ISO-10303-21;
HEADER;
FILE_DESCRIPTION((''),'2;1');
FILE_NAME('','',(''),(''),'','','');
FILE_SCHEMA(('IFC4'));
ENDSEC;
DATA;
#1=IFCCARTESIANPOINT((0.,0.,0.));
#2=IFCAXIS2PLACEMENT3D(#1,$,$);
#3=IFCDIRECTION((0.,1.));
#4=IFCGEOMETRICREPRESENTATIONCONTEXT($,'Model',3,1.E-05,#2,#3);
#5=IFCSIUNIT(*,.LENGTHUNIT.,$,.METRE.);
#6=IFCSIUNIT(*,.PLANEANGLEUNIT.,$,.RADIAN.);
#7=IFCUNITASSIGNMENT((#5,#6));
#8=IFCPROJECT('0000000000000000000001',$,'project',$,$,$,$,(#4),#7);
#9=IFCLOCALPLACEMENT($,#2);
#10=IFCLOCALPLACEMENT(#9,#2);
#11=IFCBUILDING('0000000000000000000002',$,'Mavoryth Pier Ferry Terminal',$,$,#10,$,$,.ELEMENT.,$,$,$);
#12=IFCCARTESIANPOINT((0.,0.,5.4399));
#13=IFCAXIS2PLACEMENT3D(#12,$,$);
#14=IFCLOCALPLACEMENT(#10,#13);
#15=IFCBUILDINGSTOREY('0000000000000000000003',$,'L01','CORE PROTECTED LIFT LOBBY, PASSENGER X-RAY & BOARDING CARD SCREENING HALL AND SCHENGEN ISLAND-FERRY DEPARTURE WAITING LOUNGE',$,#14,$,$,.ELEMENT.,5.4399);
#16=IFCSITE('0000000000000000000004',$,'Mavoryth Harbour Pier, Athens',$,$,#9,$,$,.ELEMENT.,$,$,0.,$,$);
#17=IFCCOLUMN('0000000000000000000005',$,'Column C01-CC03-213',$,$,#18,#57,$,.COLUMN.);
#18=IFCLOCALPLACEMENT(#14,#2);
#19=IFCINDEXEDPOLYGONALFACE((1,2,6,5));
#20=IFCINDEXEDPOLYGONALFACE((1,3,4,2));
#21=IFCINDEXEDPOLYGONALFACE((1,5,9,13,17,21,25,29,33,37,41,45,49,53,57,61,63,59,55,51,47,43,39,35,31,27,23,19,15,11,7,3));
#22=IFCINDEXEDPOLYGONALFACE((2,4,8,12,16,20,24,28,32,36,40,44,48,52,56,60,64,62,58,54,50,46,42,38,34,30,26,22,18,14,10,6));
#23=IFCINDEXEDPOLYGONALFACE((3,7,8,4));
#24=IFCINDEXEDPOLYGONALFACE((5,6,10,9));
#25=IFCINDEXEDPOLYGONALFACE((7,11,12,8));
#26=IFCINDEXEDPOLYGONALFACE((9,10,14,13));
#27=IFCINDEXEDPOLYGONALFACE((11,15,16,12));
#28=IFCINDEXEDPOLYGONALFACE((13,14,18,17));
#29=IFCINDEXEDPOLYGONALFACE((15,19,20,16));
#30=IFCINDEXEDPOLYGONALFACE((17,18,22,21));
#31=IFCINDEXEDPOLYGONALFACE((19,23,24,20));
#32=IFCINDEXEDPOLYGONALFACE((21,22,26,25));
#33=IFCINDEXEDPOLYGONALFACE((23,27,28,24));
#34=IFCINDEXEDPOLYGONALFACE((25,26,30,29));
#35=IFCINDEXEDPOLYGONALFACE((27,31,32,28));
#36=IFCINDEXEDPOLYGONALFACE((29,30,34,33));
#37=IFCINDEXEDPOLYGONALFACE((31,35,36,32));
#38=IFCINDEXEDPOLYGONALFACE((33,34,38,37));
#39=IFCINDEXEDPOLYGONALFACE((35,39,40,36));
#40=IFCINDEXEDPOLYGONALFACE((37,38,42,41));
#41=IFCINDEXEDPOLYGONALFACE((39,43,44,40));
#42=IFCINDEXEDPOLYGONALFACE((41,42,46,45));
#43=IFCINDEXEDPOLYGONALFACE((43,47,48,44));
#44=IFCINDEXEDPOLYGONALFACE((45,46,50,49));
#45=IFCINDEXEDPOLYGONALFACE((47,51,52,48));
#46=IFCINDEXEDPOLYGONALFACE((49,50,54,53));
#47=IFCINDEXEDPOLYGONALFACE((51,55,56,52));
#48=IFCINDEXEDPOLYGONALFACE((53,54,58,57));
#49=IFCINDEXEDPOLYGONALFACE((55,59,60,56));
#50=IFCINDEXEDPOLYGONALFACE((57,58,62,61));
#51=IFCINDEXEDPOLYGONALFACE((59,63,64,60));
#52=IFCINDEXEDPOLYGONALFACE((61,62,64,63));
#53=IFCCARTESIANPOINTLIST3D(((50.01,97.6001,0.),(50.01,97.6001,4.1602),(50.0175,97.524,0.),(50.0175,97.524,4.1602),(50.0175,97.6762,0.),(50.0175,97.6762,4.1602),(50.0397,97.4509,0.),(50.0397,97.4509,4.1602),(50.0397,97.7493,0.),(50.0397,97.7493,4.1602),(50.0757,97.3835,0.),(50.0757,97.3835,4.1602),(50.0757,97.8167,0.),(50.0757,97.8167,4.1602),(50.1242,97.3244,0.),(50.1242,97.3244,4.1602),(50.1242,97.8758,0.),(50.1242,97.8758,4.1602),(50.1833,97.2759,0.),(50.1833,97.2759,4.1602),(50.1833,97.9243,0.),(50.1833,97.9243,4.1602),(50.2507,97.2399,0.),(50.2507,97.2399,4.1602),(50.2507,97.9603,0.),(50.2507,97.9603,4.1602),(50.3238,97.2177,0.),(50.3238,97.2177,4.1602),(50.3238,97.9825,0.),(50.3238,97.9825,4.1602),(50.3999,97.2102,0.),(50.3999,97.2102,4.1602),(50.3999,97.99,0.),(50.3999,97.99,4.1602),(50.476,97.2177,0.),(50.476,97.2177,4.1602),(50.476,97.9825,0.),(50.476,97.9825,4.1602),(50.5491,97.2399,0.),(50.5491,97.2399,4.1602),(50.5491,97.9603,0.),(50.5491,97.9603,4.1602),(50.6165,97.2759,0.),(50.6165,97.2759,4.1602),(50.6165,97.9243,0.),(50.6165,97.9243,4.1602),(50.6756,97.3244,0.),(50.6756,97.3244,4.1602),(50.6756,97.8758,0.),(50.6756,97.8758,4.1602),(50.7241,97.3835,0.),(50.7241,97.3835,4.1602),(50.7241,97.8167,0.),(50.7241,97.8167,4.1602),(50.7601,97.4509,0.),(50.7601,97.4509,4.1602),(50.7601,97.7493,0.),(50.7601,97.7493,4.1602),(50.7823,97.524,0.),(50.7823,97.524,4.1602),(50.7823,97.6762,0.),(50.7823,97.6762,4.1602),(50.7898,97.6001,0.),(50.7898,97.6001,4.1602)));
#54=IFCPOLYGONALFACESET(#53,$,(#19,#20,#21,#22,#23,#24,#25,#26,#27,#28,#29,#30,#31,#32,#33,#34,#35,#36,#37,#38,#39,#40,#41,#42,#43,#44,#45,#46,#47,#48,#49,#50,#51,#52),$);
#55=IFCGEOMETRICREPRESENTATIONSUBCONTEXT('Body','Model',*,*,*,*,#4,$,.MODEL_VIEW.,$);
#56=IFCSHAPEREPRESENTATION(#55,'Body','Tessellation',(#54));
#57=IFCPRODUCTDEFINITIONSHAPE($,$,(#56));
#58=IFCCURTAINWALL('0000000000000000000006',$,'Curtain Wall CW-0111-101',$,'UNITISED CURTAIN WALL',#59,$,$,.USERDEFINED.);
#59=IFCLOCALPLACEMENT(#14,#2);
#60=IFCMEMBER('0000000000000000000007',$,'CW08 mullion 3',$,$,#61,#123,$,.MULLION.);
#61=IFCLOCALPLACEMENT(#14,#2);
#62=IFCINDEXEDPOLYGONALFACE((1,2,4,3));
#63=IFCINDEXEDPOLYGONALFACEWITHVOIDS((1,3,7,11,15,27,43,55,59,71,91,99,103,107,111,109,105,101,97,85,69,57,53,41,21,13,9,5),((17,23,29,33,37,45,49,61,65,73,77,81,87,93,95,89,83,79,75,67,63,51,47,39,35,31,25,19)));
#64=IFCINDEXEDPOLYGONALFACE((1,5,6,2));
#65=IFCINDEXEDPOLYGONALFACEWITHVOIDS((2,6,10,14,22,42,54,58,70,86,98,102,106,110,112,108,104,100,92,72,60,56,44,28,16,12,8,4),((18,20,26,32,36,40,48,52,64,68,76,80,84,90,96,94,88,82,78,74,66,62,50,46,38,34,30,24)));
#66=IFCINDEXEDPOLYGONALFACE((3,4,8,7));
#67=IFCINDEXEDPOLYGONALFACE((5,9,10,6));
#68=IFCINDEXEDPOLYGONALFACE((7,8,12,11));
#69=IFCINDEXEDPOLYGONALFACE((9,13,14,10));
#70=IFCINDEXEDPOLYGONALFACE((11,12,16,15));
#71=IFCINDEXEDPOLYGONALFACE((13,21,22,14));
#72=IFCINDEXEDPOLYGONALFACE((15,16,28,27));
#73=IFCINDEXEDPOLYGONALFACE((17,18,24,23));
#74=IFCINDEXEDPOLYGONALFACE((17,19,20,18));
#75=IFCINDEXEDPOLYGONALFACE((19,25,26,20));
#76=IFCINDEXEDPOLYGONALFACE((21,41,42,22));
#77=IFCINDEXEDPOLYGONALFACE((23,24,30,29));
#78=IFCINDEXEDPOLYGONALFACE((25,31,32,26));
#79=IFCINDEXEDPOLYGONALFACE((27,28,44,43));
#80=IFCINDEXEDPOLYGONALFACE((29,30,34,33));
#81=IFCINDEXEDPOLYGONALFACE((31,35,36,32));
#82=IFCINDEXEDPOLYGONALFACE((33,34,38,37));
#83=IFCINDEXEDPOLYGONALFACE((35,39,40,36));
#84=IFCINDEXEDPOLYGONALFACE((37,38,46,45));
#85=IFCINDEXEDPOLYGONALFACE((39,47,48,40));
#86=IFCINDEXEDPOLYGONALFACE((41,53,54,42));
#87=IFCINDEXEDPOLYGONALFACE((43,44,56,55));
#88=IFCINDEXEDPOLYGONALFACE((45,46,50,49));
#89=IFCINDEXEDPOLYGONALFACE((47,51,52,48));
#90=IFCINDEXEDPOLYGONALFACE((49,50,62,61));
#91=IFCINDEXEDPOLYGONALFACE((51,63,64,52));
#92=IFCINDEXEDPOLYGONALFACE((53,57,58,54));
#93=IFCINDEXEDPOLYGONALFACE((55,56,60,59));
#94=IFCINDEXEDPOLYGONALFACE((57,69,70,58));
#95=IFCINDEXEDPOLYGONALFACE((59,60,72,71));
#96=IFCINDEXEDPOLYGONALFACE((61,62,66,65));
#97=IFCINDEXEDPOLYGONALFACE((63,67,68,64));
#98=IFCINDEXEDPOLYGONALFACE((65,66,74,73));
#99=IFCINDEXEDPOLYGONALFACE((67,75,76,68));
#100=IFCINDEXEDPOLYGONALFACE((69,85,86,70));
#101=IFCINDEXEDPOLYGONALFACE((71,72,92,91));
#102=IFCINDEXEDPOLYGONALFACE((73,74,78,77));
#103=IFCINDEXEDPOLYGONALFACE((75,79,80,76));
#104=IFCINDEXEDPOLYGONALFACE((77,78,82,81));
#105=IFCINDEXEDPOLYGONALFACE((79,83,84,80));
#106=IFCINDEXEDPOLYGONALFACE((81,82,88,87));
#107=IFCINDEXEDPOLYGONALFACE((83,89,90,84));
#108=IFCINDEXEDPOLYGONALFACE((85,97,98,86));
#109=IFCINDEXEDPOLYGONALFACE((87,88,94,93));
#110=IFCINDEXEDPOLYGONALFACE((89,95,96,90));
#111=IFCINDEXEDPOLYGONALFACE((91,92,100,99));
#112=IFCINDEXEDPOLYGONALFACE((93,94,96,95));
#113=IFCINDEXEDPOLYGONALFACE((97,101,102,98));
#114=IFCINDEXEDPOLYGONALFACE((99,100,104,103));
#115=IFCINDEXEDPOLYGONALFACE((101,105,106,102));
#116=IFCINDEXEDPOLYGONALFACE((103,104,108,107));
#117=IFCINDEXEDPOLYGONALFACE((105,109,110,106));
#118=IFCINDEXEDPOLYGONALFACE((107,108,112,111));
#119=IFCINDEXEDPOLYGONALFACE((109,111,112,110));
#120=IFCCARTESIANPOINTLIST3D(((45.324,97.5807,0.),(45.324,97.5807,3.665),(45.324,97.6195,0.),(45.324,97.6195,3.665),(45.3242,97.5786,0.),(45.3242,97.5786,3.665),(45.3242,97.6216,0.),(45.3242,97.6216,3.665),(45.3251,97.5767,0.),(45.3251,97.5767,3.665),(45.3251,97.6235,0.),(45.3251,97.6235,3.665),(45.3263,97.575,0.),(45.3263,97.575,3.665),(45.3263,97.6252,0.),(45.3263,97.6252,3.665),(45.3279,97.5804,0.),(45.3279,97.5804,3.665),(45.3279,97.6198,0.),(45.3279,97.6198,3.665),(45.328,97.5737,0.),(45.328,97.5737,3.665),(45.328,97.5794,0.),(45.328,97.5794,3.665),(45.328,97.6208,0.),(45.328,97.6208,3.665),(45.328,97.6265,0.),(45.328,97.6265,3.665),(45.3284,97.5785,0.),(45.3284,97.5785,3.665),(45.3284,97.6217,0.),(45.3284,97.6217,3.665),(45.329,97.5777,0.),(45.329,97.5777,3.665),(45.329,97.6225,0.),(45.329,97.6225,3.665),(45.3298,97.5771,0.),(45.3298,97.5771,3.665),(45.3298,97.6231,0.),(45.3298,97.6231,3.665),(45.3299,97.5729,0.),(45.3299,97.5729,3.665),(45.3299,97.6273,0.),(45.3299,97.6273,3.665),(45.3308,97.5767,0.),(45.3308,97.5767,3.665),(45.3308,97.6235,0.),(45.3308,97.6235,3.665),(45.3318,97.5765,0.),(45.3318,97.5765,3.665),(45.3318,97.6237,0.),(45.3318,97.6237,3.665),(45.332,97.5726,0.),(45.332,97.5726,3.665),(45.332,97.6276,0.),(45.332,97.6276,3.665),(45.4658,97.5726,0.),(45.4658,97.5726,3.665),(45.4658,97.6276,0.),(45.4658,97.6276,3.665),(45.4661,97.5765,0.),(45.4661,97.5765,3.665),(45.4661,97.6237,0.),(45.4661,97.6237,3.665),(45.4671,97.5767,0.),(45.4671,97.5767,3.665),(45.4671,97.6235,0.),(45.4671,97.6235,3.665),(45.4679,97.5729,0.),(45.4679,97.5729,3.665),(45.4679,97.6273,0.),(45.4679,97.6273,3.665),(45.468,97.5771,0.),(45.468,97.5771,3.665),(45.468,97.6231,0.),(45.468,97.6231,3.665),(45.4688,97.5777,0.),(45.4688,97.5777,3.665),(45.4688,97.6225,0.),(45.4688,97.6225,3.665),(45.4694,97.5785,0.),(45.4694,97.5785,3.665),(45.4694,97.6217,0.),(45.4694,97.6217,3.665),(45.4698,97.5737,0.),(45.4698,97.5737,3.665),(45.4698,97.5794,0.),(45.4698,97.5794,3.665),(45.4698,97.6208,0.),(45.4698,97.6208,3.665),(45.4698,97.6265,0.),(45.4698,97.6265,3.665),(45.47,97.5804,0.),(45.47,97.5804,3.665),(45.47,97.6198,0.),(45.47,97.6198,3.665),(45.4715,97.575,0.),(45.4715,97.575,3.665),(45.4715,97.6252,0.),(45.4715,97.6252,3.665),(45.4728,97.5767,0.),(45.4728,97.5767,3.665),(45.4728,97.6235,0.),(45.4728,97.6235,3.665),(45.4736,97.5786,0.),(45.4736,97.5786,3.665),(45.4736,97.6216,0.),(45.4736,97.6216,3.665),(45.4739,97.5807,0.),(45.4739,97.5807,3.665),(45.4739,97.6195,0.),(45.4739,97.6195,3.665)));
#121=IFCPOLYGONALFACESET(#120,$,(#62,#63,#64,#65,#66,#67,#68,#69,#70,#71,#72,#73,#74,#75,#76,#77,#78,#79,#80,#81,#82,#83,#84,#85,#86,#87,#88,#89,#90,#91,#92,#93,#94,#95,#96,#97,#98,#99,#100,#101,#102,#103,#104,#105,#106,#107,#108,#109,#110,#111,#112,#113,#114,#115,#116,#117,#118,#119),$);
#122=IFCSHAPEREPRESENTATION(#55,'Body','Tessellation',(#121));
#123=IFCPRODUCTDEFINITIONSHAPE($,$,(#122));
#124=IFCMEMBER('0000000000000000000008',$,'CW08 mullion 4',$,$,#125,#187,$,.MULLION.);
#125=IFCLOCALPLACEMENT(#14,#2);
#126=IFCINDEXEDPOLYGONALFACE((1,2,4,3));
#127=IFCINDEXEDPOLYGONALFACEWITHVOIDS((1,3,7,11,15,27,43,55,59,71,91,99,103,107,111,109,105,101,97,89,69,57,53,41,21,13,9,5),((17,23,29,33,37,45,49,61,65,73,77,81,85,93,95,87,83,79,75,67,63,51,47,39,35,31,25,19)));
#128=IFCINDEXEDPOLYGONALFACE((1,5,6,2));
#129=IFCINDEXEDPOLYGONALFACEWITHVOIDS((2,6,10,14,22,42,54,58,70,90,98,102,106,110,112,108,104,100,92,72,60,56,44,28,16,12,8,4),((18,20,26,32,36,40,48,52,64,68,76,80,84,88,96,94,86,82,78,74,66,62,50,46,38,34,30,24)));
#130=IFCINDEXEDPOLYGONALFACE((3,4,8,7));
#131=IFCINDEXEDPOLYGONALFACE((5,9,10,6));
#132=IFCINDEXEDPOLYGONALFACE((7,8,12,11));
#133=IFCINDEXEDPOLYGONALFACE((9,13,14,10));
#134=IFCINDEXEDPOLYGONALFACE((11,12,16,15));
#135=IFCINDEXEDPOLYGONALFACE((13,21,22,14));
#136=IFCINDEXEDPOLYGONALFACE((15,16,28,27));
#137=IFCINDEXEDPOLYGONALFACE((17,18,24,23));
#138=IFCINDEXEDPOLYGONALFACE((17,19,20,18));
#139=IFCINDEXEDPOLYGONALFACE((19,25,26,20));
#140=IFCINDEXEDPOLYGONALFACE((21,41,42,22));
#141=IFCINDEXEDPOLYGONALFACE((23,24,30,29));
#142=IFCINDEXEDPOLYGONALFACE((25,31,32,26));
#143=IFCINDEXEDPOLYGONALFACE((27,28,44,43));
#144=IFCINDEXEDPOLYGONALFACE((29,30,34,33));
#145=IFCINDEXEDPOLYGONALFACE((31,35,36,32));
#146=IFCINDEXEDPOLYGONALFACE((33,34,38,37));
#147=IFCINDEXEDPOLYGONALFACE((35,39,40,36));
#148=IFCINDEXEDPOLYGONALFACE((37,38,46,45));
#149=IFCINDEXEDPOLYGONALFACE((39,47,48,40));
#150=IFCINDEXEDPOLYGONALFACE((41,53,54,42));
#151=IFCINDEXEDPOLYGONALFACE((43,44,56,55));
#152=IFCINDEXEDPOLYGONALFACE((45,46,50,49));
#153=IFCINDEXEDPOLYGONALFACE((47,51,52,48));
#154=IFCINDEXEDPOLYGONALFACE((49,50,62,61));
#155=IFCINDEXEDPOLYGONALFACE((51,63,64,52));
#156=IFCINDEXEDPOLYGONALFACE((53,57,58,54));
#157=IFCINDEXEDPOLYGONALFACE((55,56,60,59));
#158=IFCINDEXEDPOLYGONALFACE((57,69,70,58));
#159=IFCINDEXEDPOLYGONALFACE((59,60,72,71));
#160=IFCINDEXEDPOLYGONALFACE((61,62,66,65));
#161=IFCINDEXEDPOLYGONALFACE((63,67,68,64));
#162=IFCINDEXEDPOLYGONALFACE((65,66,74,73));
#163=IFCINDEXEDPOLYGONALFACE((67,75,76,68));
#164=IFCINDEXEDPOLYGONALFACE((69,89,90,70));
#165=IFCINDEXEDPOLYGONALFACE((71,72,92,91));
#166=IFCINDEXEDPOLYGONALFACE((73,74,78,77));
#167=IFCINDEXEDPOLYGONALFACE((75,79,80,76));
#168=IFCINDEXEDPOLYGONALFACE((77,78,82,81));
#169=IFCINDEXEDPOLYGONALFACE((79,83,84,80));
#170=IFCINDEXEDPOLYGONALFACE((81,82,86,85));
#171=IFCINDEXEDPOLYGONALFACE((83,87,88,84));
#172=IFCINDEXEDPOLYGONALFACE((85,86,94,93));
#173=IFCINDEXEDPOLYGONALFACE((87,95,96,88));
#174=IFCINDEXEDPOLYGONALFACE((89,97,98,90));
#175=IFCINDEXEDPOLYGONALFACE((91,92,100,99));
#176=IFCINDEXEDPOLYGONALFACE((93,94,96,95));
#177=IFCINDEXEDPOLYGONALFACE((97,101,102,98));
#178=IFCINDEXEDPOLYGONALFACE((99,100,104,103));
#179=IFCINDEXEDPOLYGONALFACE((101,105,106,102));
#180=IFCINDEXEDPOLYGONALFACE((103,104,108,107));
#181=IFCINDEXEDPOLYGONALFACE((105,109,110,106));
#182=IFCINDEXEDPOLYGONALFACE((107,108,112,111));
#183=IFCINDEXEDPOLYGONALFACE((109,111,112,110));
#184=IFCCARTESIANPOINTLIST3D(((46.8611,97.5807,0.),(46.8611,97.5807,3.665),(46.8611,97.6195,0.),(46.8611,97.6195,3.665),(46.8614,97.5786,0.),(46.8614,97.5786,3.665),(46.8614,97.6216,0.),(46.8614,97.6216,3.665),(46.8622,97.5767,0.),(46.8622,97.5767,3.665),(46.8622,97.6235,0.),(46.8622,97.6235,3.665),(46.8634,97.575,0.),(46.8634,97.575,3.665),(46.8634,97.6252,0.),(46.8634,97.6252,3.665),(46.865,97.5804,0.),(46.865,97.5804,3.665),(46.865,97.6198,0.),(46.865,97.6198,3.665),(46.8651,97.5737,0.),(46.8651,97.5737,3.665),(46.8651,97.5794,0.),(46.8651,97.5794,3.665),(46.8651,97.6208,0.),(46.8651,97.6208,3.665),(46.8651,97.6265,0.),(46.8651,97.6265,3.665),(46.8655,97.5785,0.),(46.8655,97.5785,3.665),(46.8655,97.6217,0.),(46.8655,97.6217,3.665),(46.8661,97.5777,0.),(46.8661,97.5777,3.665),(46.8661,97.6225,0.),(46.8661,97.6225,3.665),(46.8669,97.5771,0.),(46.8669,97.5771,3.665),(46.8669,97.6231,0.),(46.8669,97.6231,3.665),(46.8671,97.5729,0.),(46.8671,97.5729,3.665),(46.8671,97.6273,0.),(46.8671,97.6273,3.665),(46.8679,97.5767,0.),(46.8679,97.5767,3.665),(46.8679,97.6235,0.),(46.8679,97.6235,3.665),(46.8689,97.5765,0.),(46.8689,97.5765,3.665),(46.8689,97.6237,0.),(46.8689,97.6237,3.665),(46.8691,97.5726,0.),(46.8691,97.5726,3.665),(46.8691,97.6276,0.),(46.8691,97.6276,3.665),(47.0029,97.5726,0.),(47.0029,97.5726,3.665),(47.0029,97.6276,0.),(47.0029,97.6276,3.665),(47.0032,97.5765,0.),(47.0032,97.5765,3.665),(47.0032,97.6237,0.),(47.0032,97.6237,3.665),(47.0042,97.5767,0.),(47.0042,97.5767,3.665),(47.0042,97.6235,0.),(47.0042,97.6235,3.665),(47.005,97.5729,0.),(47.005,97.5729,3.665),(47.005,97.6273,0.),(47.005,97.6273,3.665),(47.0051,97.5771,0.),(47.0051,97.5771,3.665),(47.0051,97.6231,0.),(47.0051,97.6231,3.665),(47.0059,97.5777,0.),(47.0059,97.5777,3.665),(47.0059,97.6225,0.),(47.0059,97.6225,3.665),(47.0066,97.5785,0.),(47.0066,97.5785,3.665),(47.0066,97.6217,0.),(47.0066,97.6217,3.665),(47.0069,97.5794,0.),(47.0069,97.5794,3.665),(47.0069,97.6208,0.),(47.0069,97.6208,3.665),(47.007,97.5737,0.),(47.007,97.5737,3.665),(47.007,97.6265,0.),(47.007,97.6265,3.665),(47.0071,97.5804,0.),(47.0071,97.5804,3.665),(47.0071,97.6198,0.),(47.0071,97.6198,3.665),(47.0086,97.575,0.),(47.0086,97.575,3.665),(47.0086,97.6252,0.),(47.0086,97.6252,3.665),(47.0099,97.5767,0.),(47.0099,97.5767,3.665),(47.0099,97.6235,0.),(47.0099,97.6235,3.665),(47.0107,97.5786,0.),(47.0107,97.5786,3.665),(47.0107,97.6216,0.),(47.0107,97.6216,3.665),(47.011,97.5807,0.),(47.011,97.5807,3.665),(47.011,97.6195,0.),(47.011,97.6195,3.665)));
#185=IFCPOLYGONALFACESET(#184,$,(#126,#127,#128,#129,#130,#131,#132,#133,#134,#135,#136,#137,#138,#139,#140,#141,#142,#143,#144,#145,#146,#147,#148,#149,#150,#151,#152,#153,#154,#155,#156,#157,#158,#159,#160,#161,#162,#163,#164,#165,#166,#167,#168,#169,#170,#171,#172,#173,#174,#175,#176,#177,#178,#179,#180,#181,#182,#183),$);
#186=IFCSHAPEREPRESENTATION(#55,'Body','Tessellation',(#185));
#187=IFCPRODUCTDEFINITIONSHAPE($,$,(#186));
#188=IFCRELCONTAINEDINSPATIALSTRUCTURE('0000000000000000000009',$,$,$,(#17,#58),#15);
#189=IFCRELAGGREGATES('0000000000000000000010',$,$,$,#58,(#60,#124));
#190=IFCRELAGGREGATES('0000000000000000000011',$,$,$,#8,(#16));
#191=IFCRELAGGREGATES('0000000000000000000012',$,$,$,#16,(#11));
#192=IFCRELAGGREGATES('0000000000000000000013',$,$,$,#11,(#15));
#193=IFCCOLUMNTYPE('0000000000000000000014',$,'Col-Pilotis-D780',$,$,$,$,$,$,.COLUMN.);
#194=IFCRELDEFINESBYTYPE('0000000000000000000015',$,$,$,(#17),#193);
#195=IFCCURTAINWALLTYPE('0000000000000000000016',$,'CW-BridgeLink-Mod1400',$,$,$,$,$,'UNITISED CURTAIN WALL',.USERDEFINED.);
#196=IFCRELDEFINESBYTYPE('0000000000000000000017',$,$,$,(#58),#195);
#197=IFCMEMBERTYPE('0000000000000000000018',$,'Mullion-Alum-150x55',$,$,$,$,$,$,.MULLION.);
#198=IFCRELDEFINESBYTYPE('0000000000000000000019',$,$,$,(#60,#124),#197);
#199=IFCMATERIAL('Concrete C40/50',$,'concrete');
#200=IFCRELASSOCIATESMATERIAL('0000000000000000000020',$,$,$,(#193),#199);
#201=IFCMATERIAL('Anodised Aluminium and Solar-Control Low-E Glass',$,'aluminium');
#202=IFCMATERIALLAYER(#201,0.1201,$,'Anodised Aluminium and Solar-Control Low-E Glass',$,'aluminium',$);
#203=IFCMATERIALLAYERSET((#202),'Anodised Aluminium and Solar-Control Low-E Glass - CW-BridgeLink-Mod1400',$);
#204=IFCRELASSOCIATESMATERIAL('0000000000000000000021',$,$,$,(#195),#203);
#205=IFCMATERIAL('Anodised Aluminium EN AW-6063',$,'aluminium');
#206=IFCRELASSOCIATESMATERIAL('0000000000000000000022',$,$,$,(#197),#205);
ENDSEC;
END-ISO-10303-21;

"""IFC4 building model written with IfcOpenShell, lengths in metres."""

from ifc_helpers import new_model, si_unit, direction, frame, origin, origin_2d, place, context, subcontext, project, spatial, hollow_rectangle, circle, extrude, material, layer, layer_set, material_profile, profile_set, type_object, element, aggregate, save


model = new_model("IFC4")

# Units and contexts
model_context = context("Model", 3, precision=1e-05, world=origin(), true_north=direction((0.0, 1.0)))
body_context = subcontext(model_context, "Body", "Model", "MODEL_VIEW")
ifc_project = project(units=[si_unit("LENGTHUNIT", "METRE"), si_unit("PLANEANGLEUNIT", "RADIAN")], contexts=[model_context])

# Site, building, storey
site_placement = place(None, origin())
site = spatial("IfcSite", under=ifc_project, at=site_placement, Name="Mavoryth Harbour Pier, Athens", CompositionType="ELEMENT", RefElevation=0.0)
building_placement = place(site_placement, origin())
building = spatial("IfcBuilding", under=site, at=building_placement, Name="Mavoryth Pier Ferry Terminal", CompositionType="ELEMENT")
storey_placement = place(building_placement, frame((0.0, 0.0, 5.4399)))
storey = spatial("IfcBuildingStorey", under=building, at=storey_placement, Name="L01", Description="CORE PROTECTED LIFT LOBBY, PASSENGER X-RAY & BOARDING CARD SCREENING HALL AND SCHENGEN ISLAND-FERRY DEPARTURE WAITING LOUNGE", CompositionType="ELEMENT", Elevation=5.4399)

# Column
ifc_material_1 = material(Name="Concrete C40/50", Category="concrete")
ifc_material_profile_1 = material_profile(ifc_material_1, circle(Radius=0.3899, at=origin_2d()), Name="RC D780", Category="concrete")
ifc_profile_set_1 = profile_set([ifc_material_profile_1], Name="Concrete C40/50 - RC D780")
column_type = type_object("IfcColumnType", Name="Col-Pilotis-D780", PredefinedType="COLUMN", material=ifc_profile_set_1)
column_placement = place(storey_placement, frame((50.3999, 97.6001, 0.0), z_axis=(0.0, 0.0, 1.0), x_axis=(1.0, 0.0, 0.0)))
element("IfcColumn", 1, at=column_placement, inside=storey, type_object=column_type, Name="Column C01-CC03-213", PredefinedType="COLUMN", context=body_context, shape_type="SweptSolid", body=[
    extrude(circle(Radius=0.3899, at=origin_2d()), origin(), (0.0, 0.0, 1.0), 4.1602),
])

# Curtain wall, members
ifc_material_2 = material(Name="Anodised Aluminium and Solar-Control Low-E Glass", Category="aluminium")
ifc_layer_1 = layer(ifc_material_2, 0.1201, Name="Anodised Aluminium and Solar-Control Low-E Glass", Category="aluminium")
ifc_layer_set_1 = layer_set([ifc_layer_1], Name="Anodised Aluminium and Solar-Control Low-E Glass - CW-BridgeLink-Mod1400")
curtain_wall_type_1 = type_object("IfcCurtainWallType", Name="CW-BridgeLink-Mod1400", ElementType="UNITISED CURTAIN WALL", PredefinedType="USERDEFINED", material=ifc_layer_set_1)
curtain_wall_1_placement = place(storey_placement, origin())
curtain_wall_1 = element("IfcCurtainWall", 2, at=curtain_wall_1_placement, inside=storey, type_object=curtain_wall_type_1, Name="Curtain Wall CW-0111-101", ObjectType="UNITISED CURTAIN WALL", PredefinedType="USERDEFINED")
ifc_material_3 = material(Name="Anodised Aluminium EN AW-6063", Category="aluminium")
ifc_material_profile_2 = material_profile(ifc_material_3, hollow_rectangle(XDim=0.0549, YDim=0.1499, WallThickness=0.0039, InnerFilletRadius=0.0039, OuterFilletRadius=0.0081, at=origin_2d()), Name="AL-MULL 150x55x4", Category="aluminium")
ifc_profile_set_2 = profile_set([ifc_material_profile_2], Name="Anodised Aluminium EN AW-6063 - AL-MULL 150x55x4")
member_type_1 = type_object("IfcMemberType", Name="Mullion-Alum-150x55", PredefinedType="MULLION", material=ifc_profile_set_2)
member_1_placement = place(storey_placement, frame((45.3989, 97.6001, 0.0), z_axis=(0.0, 0.0, 1.0), x_axis=(0.0, 1.0, 0.0)))
member_1 = element("IfcMember", 3, at=member_1_placement, type_object=member_type_1, Name="CW08 mullion 3", PredefinedType="MULLION", context=body_context, shape_type="SweptSolid", body=[
    extrude(hollow_rectangle(XDim=0.0549, YDim=0.1499, WallThickness=0.0039, InnerFilletRadius=0.0039, OuterFilletRadius=0.0081, at=origin_2d()), origin(), (0.0, 0.0, 1.0), 3.665),
])
member_2_placement = place(storey_placement, frame((46.936, 97.6001, 0.0), z_axis=(0.0, 0.0, 1.0), x_axis=(0.0, 1.0, 0.0)))
member_2 = element("IfcMember", 4, at=member_2_placement, type_object=member_type_1, Name="CW08 mullion 4", PredefinedType="MULLION", context=body_context, shape_type="SweptSolid", body=[
    extrude(hollow_rectangle(XDim=0.0549, YDim=0.1499, WallThickness=0.0039, InnerFilletRadius=0.0039, OuterFilletRadius=0.0081, at=origin_2d()), origin(), (0.0, 0.0, 1.0), 3.665),
])

aggregate(curtain_wall_1, [member_1, member_2])

save(model, "model.ifc")
